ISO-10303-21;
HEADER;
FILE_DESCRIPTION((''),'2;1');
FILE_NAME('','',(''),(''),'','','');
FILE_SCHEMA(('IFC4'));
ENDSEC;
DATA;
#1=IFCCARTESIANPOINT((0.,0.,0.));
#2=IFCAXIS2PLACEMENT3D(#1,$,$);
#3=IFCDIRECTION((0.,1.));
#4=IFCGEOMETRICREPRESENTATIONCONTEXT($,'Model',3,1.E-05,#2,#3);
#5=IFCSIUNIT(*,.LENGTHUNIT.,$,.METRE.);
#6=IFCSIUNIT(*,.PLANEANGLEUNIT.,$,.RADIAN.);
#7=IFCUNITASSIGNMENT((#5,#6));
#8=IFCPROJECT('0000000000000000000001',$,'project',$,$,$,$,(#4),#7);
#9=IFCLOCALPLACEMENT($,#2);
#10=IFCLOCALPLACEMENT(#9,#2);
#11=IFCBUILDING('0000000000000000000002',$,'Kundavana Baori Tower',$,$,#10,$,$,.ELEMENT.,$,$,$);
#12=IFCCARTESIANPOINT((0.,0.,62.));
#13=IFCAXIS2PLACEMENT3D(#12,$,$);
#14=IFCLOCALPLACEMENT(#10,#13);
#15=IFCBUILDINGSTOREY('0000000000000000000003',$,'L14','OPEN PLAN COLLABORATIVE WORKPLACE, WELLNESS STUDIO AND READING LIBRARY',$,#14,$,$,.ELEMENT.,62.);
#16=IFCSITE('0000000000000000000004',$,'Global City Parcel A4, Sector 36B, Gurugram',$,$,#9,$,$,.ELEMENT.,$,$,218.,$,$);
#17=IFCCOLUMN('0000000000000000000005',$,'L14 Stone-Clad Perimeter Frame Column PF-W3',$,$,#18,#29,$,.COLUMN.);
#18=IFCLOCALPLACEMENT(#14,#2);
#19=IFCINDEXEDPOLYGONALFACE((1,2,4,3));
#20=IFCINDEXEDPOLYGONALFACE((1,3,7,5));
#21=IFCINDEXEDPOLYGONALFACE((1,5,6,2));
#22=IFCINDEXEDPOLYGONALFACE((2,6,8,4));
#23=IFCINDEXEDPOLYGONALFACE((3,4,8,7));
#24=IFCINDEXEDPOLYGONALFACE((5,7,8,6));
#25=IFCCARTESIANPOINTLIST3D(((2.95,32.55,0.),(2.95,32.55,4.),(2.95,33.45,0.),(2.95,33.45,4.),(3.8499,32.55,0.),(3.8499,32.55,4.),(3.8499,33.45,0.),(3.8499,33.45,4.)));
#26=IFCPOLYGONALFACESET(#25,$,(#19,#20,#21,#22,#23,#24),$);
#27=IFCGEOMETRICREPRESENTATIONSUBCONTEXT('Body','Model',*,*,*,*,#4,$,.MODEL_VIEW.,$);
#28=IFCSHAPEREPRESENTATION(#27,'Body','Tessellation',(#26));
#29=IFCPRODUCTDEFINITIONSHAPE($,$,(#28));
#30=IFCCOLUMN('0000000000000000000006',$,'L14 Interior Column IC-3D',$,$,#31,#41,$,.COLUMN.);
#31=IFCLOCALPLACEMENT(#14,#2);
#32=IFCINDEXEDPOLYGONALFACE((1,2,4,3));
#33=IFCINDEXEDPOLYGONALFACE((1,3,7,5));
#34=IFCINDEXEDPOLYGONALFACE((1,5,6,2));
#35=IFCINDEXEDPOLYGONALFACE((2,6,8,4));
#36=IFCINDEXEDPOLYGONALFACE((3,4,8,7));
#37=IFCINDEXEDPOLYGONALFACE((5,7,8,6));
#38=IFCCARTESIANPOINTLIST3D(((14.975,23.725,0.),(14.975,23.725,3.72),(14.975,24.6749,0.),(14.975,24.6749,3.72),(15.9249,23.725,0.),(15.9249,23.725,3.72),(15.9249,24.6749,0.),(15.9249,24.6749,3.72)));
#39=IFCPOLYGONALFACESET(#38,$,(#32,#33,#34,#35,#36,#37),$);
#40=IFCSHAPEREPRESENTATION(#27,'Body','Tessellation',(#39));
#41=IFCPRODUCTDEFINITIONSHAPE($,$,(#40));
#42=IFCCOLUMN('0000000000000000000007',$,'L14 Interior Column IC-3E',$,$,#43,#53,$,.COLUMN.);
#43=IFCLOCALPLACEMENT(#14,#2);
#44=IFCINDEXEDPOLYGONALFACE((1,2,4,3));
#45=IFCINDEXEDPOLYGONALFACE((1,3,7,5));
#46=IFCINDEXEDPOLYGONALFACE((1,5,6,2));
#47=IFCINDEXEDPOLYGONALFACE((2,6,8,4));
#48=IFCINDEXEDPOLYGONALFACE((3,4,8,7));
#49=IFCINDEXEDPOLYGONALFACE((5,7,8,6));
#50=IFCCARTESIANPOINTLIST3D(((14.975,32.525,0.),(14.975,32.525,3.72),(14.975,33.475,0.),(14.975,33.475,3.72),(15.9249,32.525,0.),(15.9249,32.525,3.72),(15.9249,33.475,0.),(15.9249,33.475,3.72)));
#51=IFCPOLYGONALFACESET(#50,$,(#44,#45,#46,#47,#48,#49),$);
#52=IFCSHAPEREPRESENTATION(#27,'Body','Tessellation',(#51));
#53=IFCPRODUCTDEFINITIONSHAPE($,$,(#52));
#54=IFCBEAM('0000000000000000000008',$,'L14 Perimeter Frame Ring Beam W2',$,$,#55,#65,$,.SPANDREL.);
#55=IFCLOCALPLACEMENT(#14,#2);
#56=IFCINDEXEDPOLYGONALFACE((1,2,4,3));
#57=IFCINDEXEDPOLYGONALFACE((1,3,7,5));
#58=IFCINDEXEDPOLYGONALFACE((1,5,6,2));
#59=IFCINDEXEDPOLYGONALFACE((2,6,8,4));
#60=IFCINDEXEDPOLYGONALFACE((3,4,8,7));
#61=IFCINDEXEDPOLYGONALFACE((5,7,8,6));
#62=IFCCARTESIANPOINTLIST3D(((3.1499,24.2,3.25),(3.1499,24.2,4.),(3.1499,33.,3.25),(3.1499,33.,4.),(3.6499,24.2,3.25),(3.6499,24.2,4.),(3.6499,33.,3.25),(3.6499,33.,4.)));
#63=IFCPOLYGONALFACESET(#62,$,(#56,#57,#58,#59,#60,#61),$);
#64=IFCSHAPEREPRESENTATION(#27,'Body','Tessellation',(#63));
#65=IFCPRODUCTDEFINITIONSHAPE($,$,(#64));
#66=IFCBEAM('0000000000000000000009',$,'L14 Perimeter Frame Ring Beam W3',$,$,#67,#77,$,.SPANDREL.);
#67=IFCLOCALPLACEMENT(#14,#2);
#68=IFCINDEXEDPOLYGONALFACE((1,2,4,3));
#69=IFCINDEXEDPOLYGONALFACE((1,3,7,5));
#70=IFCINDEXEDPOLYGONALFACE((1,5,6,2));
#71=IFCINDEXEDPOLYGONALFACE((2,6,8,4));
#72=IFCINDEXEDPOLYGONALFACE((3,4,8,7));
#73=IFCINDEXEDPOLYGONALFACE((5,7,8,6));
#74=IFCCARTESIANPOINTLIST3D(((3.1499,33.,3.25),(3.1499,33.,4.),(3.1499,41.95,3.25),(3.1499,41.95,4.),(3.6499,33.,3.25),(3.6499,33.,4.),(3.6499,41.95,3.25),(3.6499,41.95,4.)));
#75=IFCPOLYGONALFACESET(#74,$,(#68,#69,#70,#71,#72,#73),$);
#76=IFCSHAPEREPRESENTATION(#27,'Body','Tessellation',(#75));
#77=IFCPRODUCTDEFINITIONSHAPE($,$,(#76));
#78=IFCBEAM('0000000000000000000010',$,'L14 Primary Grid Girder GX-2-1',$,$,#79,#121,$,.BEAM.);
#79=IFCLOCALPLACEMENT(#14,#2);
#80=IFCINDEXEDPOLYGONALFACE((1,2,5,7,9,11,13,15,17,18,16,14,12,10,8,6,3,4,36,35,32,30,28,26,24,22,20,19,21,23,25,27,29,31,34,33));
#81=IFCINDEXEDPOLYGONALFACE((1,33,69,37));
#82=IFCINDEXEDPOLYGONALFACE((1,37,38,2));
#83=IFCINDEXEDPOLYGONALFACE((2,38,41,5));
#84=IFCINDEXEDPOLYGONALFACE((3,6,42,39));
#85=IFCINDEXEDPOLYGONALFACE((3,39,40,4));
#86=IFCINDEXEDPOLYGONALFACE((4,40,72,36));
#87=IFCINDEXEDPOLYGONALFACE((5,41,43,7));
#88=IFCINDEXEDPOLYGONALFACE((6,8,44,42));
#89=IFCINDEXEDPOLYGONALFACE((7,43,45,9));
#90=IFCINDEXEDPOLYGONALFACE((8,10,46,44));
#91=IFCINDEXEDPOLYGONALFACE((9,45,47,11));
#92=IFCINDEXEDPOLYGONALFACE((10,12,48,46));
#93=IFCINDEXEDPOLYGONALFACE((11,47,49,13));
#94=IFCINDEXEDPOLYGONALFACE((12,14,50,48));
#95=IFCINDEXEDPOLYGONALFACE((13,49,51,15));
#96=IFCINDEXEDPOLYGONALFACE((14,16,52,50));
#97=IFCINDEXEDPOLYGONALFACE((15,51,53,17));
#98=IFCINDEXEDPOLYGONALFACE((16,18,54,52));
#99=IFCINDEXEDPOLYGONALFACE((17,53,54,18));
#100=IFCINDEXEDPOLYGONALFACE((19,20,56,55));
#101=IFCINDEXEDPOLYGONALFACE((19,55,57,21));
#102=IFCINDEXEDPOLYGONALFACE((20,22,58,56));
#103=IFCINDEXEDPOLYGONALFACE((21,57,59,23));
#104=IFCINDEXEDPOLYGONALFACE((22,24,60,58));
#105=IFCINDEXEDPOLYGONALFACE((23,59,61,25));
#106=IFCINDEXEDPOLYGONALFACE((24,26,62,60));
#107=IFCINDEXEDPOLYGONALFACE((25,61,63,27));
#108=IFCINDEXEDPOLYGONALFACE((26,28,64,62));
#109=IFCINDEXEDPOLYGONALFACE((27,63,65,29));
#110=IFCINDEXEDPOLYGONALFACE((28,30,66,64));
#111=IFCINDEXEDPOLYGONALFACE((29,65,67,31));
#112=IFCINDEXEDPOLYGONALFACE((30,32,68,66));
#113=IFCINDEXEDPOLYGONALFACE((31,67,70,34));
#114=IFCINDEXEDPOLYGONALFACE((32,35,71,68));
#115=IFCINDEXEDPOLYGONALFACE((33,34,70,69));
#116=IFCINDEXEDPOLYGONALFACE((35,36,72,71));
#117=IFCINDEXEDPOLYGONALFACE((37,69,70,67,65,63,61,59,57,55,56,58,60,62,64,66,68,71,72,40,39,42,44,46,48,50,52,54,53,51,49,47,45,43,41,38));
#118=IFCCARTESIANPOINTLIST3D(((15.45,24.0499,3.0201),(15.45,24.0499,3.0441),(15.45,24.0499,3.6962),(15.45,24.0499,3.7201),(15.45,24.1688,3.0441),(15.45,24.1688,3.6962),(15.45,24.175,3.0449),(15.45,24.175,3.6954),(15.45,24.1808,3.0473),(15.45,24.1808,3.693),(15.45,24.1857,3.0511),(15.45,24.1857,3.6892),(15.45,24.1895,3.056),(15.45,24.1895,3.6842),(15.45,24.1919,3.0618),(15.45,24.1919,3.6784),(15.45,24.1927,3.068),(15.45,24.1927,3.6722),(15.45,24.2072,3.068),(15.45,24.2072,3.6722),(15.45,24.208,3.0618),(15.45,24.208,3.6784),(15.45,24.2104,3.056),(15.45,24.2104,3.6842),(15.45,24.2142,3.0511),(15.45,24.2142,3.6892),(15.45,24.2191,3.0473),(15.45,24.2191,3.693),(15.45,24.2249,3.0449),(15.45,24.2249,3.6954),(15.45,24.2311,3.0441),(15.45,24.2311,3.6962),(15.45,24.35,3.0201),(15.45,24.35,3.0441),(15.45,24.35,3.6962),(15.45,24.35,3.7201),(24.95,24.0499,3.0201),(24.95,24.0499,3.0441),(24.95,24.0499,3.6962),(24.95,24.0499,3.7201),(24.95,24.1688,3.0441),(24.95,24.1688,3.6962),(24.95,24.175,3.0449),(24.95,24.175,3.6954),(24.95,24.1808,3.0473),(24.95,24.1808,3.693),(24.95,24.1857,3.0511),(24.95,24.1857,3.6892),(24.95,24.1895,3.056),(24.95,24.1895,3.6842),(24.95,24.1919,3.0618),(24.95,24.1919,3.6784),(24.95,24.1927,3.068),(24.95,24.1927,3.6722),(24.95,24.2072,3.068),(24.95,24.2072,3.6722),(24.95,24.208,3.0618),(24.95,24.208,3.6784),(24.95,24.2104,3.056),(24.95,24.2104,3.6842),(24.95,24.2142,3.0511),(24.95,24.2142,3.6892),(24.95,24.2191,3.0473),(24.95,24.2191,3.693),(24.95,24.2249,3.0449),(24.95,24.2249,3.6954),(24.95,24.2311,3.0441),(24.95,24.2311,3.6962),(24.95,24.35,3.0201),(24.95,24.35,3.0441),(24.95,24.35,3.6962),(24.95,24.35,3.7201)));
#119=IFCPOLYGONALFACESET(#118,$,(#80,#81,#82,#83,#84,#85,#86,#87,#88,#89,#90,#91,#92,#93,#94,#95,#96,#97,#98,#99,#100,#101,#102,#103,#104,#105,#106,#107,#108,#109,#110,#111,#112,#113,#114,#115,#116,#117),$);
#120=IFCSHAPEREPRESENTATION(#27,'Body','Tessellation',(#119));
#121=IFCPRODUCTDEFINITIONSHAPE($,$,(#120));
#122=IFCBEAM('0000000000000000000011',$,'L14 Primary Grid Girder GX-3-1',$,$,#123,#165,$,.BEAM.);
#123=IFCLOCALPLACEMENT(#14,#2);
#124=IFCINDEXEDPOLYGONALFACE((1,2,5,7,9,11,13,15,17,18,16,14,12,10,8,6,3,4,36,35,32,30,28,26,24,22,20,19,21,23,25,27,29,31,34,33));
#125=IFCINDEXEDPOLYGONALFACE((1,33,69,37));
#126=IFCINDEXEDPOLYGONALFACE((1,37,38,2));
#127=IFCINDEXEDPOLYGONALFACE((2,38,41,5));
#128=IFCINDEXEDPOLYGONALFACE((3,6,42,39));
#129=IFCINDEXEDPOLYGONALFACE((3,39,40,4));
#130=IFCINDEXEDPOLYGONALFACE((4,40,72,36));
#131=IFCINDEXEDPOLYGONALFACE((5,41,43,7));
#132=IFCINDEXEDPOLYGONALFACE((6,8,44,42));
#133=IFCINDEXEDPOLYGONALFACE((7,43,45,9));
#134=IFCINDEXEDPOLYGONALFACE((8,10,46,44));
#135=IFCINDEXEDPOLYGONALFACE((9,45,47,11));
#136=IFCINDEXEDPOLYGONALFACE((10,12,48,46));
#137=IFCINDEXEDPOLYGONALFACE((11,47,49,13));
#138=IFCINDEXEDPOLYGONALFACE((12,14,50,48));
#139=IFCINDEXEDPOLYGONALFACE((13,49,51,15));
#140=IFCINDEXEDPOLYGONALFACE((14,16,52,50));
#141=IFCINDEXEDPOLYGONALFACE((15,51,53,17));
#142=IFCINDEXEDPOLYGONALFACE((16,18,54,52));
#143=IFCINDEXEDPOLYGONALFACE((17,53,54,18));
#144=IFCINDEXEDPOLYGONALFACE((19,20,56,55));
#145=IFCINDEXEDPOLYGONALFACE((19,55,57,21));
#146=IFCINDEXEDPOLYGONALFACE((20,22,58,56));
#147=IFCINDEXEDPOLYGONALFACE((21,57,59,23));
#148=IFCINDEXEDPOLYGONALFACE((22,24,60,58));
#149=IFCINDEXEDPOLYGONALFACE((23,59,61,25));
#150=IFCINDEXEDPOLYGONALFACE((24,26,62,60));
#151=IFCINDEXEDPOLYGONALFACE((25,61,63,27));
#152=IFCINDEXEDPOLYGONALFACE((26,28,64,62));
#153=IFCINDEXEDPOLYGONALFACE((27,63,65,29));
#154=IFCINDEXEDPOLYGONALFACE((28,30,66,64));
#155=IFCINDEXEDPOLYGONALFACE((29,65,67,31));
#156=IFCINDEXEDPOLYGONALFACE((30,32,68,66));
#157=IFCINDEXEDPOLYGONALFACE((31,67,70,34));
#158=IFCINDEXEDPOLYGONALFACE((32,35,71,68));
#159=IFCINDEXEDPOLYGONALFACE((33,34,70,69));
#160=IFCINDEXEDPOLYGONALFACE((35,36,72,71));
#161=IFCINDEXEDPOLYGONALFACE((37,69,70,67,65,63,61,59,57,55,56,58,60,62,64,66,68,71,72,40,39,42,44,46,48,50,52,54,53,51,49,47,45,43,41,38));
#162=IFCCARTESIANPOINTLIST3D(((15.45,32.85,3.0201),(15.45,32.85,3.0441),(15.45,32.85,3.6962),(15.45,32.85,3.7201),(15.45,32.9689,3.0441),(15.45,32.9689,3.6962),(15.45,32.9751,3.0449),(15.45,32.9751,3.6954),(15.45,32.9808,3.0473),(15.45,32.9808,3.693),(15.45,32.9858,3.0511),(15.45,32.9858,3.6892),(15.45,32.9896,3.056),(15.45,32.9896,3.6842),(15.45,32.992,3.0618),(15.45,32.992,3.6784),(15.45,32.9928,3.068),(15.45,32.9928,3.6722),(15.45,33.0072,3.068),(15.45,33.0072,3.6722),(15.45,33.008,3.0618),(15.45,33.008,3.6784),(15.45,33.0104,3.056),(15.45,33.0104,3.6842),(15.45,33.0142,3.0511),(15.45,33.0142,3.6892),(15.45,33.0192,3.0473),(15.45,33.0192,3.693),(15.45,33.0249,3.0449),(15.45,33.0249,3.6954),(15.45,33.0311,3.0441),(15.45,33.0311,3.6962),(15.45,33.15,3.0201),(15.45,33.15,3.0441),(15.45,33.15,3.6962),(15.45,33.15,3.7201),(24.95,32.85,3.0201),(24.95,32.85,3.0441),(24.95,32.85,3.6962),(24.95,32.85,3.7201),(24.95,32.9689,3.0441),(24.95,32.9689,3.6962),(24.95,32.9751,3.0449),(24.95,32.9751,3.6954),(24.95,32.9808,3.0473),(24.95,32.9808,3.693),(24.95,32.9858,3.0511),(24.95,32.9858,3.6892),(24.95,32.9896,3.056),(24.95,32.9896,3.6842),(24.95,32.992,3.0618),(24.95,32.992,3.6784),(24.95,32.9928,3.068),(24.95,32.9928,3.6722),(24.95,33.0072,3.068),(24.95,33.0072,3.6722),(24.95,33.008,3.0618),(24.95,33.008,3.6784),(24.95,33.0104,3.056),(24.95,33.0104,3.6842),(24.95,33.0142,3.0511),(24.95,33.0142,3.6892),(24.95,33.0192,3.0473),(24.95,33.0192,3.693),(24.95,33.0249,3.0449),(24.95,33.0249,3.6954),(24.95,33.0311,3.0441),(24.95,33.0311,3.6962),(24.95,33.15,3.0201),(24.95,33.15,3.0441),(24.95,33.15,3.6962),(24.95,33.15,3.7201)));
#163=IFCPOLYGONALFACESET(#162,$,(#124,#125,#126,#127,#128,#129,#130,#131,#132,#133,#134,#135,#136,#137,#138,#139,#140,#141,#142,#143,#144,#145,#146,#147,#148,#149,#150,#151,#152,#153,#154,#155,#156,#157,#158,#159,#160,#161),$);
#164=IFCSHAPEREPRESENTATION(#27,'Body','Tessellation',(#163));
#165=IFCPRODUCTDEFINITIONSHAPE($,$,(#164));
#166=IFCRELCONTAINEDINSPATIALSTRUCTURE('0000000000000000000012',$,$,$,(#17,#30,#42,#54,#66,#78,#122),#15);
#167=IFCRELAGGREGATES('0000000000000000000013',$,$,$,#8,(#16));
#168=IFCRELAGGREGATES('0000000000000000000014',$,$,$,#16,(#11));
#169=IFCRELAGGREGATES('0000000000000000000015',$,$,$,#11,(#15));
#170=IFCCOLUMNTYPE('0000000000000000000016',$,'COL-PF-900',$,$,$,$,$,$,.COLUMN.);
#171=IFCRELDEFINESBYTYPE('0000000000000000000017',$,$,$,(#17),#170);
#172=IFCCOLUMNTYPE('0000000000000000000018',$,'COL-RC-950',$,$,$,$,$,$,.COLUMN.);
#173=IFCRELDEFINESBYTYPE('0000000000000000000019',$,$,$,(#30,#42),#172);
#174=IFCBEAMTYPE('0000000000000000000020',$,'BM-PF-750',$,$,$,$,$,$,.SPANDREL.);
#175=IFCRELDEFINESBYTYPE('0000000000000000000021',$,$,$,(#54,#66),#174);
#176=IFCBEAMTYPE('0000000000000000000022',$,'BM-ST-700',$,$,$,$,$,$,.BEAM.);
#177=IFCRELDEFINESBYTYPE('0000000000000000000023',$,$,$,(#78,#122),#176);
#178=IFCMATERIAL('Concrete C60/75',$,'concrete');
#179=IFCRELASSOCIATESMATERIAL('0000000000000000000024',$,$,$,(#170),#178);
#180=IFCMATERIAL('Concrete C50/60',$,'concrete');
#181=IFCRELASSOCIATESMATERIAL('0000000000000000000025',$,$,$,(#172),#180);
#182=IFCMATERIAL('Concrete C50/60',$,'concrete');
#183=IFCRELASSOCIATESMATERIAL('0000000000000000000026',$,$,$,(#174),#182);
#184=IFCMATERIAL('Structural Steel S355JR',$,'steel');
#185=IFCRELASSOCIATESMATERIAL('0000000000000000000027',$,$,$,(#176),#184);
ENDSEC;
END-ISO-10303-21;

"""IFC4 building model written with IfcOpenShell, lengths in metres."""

from ifc_helpers import new_model, si_unit, direction, frame, origin, origin_2d, place, context, subcontext, project, spatial, rectangle, i_section, extrude, material, material_profile, profile_set, type_object, element, save


model = new_model("IFC4")

# Units and contexts
model_context = context("Model", 3, precision=1e-05, world=origin(), true_north=direction((0.0, 1.0)))
body_context = subcontext(model_context, "Body", "Model", "MODEL_VIEW")
ifc_project = project(units=[si_unit("LENGTHUNIT", "METRE"), si_unit("PLANEANGLEUNIT", "RADIAN")], contexts=[model_context])

# Site, building, storey
site_placement = place(None, origin())
site = spatial("IfcSite", under=ifc_project, at=site_placement, Name="Global City Parcel A4, Sector 36B, Gurugram", CompositionType="ELEMENT", RefElevation=218.0)
building_placement = place(site_placement, origin())
building = spatial("IfcBuilding", under=site, at=building_placement, Name="Kundavana Baori Tower", CompositionType="ELEMENT")
storey_placement = place(building_placement, frame((0.0, 0.0, 62.0)))
storey = spatial("IfcBuildingStorey", under=building, at=storey_placement, Name="L14", Description="OPEN PLAN COLLABORATIVE WORKPLACE, WELLNESS STUDIO AND READING LIBRARY", CompositionType="ELEMENT", Elevation=62.0)

# Columns
ifc_material_1 = material(Name="Concrete C60/75", Category="concrete")
ifc_material_profile_1 = material_profile(ifc_material_1, rectangle(XDim=0.8999, YDim=0.8999, at=origin_2d()), Name="RC PF 900x900")
ifc_profile_set_1 = profile_set([ifc_material_profile_1], Name="Concrete C60/75")
column_type_1 = type_object("IfcColumnType", Name="COL-PF-900", PredefinedType="COLUMN", material=ifc_profile_set_1)
column_placement = place(storey_placement, frame((3.3999, 33.0, 0.0), z_axis=(0.0, 0.0, 1.0), x_axis=(1.0, 0.0, 0.0)))
element("IfcColumn", 1, at=column_placement, inside=storey, type_object=column_type_1, Name="L14 Stone-Clad Perimeter Frame Column PF-W3", PredefinedType="COLUMN", context=body_context, shape_type="SweptSolid", body=[
    extrude(rectangle(XDim=0.8999, YDim=0.8999, at=origin_2d()), origin(), (0.0, 0.0, 1.0), 4.0),
])
ifc_material_2 = material(Name="Concrete C50/60", Category="concrete")
ifc_material_profile_2 = material_profile(ifc_material_2, rectangle(XDim=0.95, YDim=0.95, at=origin_2d()), Name="RC 950x950")
ifc_profile_set_2 = profile_set([ifc_material_profile_2], Name="Concrete C50/60")
column_type_2 = type_object("IfcColumnType", Name="COL-RC-950", PredefinedType="COLUMN", material=ifc_profile_set_2)
for number, where, z_axis, x_axis, name in (
    (2, (15.45, 24.2, 0.0), (0.0, 0.0, 1.0), (1.0, 0.0, 0.0), "L14 Interior Column IC-3D"),
    (3, (15.45, 33.0, 0.0), (0.0, 0.0, 1.0), (1.0, 0.0, 0.0), "L14 Interior Column IC-3E"),
):
    element("IfcColumn", number, at=place(storey_placement, frame(where, z_axis=z_axis, x_axis=x_axis)), inside=storey, type_object=column_type_2, Name=name, PredefinedType="COLUMN", context=body_context, shape_type="SweptSolid", body=[
        extrude(rectangle(XDim=0.95, YDim=0.95, at=origin_2d()), origin(), (0.0, 0.0, 1.0), 3.72),
    ])

# Beams
ifc_material_3 = material(Name="Concrete C50/60", Category="concrete")
ifc_material_profile_3 = material_profile(ifc_material_3, rectangle(XDim=0.5, YDim=0.75, at=origin_2d()), Name="RC BM 500x750")
ifc_profile_set_3 = profile_set([ifc_material_profile_3], Name="Concrete C50/60")
beam_type_1 = type_object("IfcBeamType", Name="BM-PF-750", PredefinedType="SPANDREL", material=ifc_profile_set_3)
beam_1_placement = place(storey_placement, frame((3.3999, 24.2, 3.625), z_axis=(0.0, 1.0, 0.0), x_axis=(-1.0, 0.0, 0.0)))
element("IfcBeam", 4, at=beam_1_placement, inside=storey, type_object=beam_type_1, Name="L14 Perimeter Frame Ring Beam W2", PredefinedType="SPANDREL", context=body_context, shape_type="SweptSolid", body=[
    extrude(rectangle(XDim=0.5, YDim=0.75, at=origin_2d()), origin(), (0.0, 0.0, 1.0), 8.8),
])
beam_2_placement = place(storey_placement, frame((3.3999, 33.0, 3.625), z_axis=(0.0, 1.0, 0.0), x_axis=(-1.0, 0.0, 0.0)))
element("IfcBeam", 5, at=beam_2_placement, inside=storey, type_object=beam_type_1, Name="L14 Perimeter Frame Ring Beam W3", PredefinedType="SPANDREL", context=body_context, shape_type="SweptSolid", body=[
    extrude(rectangle(XDim=0.5, YDim=0.75, at=origin_2d()), origin(), (0.0, 0.0, 1.0), 8.95),
])
ifc_material_4 = material(Name="Structural Steel S355JR", Category="steel")
ifc_material_profile_4 = material_profile(ifc_material_4, i_section(OverallWidth=0.3, OverallDepth=0.7, WebThickness=0.0144, FlangeThickness=0.0239, FilletRadius=0.0239, at=origin_2d()), Name="NPB 700x300x170")
ifc_profile_set_4 = profile_set([ifc_material_profile_4], Name="Structural Steel S355JR")
beam_type_2 = type_object("IfcBeamType", Name="BM-ST-700", PredefinedType="BEAM", material=ifc_profile_set_4)
for number, where, z_axis, x_axis, name in (
    (6, (15.45, 24.2, 3.3701), (1.0, 0.0, 0.0), (0.0, 1.0, 0.0), "L14 Primary Grid Girder GX-2-1"),
    (7, (15.45, 33.0, 3.3701), (1.0, 0.0, 0.0), (0.0, 1.0, 0.0), "L14 Primary Grid Girder GX-3-1"),
):
    element("IfcBeam", number, at=place(storey_placement, frame(where, z_axis=z_axis, x_axis=x_axis)), inside=storey, type_object=beam_type_2, Name=name, PredefinedType="BEAM", context=body_context, shape_type="SweptSolid", body=[
        extrude(i_section(OverallWidth=0.3, OverallDepth=0.7, WebThickness=0.0144, FlangeThickness=0.0239, FilletRadius=0.0239, at=origin_2d()), origin(), (0.0, 0.0, 1.0), 9.5),
    ])

save(model, "model.ifc")
